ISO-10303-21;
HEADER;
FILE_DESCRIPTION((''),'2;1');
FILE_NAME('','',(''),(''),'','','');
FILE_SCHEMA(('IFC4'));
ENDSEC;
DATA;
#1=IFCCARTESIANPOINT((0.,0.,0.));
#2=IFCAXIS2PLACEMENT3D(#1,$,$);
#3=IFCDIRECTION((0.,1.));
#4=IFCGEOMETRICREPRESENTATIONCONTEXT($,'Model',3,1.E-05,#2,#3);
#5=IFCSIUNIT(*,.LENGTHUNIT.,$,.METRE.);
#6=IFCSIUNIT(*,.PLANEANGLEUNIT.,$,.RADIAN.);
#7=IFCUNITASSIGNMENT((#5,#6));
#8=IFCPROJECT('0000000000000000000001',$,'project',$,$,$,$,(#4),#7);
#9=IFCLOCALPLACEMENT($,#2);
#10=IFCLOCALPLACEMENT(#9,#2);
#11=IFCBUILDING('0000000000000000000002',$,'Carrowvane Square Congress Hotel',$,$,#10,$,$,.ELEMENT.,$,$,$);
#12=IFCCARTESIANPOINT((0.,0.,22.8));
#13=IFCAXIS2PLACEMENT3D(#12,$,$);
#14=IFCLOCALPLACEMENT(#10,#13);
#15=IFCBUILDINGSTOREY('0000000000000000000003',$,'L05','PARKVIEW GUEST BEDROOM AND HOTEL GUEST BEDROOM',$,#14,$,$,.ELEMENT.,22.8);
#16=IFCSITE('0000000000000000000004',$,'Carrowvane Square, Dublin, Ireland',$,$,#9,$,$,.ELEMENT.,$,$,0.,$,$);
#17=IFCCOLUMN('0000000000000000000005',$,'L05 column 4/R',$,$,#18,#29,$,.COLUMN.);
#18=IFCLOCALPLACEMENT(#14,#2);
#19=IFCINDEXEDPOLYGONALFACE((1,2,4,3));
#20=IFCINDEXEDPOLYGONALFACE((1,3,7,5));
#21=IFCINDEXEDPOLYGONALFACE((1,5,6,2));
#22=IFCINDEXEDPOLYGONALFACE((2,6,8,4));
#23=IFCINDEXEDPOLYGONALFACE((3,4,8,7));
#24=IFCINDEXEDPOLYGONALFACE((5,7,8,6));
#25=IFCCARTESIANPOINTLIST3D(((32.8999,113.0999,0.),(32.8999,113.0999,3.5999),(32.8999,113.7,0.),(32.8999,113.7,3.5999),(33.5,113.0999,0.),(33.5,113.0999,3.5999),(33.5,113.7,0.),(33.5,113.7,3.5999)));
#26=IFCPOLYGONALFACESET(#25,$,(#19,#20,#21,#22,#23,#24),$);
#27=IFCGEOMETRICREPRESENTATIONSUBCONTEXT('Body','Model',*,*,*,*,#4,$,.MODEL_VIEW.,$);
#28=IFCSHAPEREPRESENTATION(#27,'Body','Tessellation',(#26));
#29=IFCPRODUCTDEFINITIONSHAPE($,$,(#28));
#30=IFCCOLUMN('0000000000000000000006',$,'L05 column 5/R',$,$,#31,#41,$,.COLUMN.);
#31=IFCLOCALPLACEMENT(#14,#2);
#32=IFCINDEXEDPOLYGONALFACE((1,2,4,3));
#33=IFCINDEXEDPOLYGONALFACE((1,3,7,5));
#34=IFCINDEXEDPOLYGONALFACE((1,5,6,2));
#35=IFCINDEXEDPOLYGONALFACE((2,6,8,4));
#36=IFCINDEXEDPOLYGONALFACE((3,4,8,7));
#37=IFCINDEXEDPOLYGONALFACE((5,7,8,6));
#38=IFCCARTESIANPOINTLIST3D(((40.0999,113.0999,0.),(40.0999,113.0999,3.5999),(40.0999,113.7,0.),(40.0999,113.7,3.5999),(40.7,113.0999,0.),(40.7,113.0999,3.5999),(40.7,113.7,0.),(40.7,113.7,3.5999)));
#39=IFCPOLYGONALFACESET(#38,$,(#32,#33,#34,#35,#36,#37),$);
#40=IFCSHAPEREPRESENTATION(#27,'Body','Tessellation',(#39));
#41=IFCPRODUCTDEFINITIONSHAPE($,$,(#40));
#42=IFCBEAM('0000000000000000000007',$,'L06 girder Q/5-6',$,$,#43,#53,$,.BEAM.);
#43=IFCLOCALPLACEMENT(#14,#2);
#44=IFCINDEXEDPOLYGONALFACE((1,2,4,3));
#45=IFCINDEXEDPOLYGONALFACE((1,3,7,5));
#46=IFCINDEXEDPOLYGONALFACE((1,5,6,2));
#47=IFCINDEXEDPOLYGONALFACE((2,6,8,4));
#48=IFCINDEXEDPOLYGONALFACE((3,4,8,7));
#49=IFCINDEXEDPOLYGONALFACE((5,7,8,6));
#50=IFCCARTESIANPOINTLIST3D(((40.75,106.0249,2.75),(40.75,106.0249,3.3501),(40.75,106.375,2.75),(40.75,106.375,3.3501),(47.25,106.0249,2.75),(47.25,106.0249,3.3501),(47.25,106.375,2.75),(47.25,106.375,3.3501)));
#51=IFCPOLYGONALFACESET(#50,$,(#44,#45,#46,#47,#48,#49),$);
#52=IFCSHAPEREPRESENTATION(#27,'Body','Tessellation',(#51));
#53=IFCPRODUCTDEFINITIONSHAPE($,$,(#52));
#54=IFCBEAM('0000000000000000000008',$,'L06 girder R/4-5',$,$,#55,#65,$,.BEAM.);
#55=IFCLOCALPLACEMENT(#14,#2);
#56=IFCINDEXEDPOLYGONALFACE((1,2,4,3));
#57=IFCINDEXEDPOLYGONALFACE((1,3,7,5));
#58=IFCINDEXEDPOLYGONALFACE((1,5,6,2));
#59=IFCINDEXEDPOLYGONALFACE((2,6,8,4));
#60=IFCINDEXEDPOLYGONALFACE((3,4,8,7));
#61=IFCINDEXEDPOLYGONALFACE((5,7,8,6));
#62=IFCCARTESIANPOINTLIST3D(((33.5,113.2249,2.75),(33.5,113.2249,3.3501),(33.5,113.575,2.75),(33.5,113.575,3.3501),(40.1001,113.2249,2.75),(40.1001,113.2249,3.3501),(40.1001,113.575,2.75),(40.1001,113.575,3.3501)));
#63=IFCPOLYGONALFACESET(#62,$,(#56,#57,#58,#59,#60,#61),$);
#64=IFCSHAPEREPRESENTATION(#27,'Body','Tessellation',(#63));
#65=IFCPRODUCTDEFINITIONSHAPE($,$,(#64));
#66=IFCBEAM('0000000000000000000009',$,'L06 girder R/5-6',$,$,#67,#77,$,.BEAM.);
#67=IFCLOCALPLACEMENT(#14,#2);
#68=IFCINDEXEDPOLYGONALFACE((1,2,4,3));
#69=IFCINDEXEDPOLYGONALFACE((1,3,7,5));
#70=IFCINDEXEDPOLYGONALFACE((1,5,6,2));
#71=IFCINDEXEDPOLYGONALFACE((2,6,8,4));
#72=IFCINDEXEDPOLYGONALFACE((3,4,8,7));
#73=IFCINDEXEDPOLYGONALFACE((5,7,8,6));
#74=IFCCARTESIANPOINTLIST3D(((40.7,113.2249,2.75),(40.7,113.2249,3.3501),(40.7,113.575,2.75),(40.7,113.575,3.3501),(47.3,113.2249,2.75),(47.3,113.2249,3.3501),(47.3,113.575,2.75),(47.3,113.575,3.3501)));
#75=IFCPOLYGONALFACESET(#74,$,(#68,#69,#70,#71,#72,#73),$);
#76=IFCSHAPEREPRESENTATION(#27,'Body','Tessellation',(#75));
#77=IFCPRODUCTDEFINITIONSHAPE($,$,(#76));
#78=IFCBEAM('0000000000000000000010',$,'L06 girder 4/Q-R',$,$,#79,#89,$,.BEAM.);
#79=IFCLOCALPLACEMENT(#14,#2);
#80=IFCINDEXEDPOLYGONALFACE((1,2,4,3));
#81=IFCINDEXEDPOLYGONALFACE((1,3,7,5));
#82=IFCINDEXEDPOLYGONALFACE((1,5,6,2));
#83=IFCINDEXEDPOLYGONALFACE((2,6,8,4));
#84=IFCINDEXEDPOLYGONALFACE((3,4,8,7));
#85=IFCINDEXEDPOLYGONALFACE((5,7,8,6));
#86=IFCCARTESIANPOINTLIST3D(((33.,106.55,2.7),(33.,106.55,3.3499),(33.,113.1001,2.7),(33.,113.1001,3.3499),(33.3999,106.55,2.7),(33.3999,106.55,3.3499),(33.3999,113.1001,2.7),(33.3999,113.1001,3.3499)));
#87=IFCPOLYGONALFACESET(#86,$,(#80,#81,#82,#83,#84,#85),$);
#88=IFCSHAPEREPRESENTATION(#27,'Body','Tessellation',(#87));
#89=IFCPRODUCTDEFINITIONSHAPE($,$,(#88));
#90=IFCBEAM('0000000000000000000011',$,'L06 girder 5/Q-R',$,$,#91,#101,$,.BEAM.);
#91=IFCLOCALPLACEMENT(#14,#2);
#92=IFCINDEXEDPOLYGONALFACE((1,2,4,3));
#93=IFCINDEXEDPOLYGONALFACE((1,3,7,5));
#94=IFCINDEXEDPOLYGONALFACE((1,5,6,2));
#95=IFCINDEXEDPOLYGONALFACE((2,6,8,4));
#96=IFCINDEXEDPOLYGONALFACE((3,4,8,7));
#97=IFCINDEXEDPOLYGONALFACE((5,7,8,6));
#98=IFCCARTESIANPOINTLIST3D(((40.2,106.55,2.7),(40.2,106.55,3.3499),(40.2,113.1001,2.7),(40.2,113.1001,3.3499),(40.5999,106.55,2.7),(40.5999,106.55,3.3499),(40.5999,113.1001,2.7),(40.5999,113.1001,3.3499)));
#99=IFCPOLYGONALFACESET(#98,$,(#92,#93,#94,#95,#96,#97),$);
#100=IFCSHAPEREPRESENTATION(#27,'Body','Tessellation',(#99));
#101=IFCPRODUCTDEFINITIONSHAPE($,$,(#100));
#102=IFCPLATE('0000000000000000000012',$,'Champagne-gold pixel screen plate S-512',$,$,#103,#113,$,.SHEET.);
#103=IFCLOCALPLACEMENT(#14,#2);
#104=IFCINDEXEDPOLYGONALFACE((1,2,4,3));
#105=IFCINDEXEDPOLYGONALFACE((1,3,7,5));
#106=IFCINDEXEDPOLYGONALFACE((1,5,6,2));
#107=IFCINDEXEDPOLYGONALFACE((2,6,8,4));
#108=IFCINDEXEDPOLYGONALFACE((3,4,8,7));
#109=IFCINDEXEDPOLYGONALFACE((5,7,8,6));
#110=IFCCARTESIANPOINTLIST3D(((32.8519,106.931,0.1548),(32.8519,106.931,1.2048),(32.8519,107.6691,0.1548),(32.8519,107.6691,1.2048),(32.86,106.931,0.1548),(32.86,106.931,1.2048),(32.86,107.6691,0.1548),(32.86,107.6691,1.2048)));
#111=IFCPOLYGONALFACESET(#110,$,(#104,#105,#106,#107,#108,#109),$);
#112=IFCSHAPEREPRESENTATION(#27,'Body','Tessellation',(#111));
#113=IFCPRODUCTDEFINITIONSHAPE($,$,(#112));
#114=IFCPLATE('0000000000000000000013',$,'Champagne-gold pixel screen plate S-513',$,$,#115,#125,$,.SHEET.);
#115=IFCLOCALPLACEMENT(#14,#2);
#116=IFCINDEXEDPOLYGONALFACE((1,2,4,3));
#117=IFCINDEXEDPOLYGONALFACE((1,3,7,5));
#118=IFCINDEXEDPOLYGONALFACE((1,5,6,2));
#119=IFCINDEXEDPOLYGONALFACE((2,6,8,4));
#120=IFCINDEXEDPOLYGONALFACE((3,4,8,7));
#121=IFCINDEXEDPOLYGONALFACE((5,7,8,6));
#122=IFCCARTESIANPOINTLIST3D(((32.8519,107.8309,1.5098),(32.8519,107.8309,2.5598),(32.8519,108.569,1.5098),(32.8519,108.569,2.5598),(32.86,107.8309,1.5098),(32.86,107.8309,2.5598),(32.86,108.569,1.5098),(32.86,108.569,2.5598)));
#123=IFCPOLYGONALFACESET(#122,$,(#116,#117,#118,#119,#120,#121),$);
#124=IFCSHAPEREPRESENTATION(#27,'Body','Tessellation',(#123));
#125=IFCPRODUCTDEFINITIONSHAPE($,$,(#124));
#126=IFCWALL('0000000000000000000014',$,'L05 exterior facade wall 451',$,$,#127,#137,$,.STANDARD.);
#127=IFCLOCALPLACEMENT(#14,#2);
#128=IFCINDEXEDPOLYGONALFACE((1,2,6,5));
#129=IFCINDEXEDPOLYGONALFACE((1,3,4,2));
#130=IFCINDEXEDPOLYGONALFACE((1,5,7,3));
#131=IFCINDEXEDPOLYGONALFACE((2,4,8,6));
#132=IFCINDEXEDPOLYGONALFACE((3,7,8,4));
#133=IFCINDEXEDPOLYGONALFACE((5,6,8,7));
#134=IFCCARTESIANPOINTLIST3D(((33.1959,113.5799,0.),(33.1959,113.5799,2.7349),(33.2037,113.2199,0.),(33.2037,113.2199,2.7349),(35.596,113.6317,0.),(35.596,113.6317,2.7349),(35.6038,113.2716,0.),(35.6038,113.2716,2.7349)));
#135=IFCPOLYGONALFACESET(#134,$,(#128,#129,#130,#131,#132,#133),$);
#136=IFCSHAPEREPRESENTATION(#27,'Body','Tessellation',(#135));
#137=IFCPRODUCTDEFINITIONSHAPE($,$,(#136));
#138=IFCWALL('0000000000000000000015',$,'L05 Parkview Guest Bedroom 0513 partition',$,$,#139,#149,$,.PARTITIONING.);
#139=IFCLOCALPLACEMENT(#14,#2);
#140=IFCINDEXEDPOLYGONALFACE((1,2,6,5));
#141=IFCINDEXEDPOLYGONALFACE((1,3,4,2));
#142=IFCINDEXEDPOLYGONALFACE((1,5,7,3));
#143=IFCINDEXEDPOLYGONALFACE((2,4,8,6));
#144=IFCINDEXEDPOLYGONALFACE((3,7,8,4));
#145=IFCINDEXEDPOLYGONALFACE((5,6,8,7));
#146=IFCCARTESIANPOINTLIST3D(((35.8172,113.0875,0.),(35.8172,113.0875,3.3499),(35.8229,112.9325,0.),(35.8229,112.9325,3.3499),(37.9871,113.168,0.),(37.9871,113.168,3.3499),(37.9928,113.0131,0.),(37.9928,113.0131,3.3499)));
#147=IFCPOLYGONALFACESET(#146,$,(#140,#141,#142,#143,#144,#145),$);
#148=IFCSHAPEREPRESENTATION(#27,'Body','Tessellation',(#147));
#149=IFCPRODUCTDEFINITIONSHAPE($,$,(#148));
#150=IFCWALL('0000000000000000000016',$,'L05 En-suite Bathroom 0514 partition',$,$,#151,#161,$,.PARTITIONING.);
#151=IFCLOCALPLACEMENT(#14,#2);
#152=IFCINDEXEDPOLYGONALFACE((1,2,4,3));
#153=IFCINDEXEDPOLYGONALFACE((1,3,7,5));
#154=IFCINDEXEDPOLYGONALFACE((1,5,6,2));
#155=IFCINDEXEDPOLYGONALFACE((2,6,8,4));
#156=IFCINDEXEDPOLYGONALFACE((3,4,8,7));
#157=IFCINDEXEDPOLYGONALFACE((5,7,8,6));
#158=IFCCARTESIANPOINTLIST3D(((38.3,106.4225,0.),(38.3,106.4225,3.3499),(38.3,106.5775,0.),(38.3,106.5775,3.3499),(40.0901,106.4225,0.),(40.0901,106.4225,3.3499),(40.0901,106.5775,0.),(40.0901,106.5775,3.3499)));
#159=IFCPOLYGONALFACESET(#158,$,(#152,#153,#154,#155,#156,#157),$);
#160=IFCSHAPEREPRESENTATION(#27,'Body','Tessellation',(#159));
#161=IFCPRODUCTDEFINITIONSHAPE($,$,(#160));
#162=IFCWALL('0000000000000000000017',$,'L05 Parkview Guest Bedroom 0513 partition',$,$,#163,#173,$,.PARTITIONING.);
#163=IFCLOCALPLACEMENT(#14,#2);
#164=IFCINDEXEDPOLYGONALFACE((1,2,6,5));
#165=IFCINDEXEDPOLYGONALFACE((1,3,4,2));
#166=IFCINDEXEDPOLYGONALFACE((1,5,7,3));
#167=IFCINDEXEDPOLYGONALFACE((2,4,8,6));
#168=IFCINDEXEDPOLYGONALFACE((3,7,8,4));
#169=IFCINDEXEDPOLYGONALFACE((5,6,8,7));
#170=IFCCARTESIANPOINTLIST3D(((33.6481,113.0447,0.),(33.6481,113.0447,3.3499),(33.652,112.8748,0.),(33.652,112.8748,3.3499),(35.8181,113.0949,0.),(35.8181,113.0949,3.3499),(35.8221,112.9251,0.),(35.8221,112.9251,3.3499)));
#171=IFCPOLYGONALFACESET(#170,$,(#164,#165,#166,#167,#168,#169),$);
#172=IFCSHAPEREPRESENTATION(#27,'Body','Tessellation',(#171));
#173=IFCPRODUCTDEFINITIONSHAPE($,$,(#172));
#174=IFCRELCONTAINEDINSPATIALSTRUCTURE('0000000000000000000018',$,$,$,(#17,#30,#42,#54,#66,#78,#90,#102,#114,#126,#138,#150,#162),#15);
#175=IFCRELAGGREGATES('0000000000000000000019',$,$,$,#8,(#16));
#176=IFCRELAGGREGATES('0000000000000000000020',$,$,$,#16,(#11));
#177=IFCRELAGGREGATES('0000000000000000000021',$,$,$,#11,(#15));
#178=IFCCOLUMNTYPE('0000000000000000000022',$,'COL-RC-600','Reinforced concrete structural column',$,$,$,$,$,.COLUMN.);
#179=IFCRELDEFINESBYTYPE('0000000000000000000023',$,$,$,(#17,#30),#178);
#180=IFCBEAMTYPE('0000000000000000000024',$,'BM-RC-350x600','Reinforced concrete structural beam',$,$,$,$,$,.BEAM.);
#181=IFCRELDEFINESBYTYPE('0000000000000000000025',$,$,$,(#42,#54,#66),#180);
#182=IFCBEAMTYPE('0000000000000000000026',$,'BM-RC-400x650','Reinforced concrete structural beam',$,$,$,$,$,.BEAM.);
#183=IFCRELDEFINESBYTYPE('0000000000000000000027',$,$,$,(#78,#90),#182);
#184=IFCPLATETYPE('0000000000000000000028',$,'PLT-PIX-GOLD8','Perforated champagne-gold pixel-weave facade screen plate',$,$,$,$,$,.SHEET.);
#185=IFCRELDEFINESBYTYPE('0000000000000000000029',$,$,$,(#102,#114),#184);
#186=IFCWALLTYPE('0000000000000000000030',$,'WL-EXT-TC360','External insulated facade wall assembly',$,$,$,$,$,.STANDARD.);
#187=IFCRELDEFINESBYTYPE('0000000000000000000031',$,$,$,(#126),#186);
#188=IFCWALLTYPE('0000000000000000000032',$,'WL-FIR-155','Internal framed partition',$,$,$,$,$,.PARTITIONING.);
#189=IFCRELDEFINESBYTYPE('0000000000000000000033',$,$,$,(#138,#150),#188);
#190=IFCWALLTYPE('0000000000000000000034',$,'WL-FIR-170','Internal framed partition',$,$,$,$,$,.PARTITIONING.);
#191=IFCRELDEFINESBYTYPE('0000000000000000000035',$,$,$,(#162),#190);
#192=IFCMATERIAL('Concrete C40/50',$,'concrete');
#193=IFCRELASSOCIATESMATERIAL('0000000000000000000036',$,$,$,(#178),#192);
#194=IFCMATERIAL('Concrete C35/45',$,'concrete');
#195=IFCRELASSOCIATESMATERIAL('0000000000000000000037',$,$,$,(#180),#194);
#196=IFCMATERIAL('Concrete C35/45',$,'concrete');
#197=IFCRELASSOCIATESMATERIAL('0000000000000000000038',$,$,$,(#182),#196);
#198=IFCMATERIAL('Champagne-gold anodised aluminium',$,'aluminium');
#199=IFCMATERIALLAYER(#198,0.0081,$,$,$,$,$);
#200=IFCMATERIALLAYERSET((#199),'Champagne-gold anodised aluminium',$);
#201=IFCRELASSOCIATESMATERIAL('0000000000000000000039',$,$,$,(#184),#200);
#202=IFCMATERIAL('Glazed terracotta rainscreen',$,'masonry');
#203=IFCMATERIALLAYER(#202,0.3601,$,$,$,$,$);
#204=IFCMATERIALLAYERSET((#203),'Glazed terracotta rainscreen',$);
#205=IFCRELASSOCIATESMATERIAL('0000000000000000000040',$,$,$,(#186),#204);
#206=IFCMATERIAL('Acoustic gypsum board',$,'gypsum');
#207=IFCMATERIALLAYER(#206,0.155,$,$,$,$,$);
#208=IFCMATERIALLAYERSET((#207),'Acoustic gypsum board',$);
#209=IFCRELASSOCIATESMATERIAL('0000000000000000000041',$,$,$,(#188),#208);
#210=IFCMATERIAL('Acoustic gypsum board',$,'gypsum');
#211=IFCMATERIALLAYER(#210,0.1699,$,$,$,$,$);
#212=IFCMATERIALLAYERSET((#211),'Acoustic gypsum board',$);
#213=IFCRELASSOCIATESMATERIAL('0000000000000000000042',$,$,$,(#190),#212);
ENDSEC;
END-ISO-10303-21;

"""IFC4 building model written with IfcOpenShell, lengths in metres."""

from ifc_helpers import new_model, si_unit, direction, frame, frame_2d, origin, origin_2d, place, context, subcontext, project, spatial, rectangle, extrude, material, layer, layer_set, material_profile, profile_set, type_object, element, save


model = new_model("IFC4")

# Units and contexts
model_context = context("Model", 3, precision=1e-05, world=origin(), true_north=direction((0.0, 1.0)))
body_context = subcontext(model_context, "Body", "Model", "MODEL_VIEW")
ifc_project = project(units=[si_unit("LENGTHUNIT", "METRE"), si_unit("PLANEANGLEUNIT", "RADIAN")], contexts=[model_context])

# Site, building, storey
site_placement = place(None, origin())
site = spatial("IfcSite", under=ifc_project, at=site_placement, Name="Carrowvane Square, Dublin, Ireland", CompositionType="ELEMENT", RefElevation=0.0)
building_placement = place(site_placement, origin())
building = spatial("IfcBuilding", under=site, at=building_placement, Name="Carrowvane Square Congress Hotel", CompositionType="ELEMENT")
storey_placement = place(building_placement, frame((0.0, 0.0, 22.8)))
storey = spatial("IfcBuildingStorey", under=building, at=storey_placement, Name="L05", Description="PARKVIEW GUEST BEDROOM AND HOTEL GUEST BEDROOM", CompositionType="ELEMENT", Elevation=22.8)

# Columns
ifc_material_1 = material(Name="Concrete C40/50", Category="concrete")
ifc_material_profile_1 = material_profile(ifc_material_1, rectangle(XDim=0.6001, YDim=0.6001, at=origin_2d()), Name="RC 600x600")
ifc_profile_set_1 = profile_set([ifc_material_profile_1], Name="Concrete C40/50")
column_type = type_object("IfcColumnType", Name="COL-RC-600", Description="Reinforced concrete structural column", PredefinedType="COLUMN", material=ifc_profile_set_1)
for number, where, z_axis, x_axis, name in (
    (1, (33.2, 113.3999, 0.0), (0.0, 0.0, 1.0), (1.0, 0.0, 0.0), "L05 column 4/R"),
    (2, (40.3999, 113.3999, 0.0), (0.0, 0.0, 1.0), (1.0, 0.0, 0.0), "L05 column 5/R"),
):
    element("IfcColumn", number, at=place(storey_placement, frame(where, z_axis=z_axis, x_axis=x_axis)), inside=storey, type_object=column_type, Name=name, PredefinedType="COLUMN", context=body_context, shape_type="SweptSolid", body=[
        extrude(rectangle(XDim=0.6001, YDim=0.6001, at=origin_2d()), origin(), (0.0, 0.0, 1.0), 3.5999),
    ])

# Beams
ifc_material_2 = material(Name="Concrete C35/45", Category="concrete")
ifc_material_profile_2 = material_profile(ifc_material_2, rectangle(XDim=0.3501, YDim=0.6001, at=origin_2d()), Name="RC 350x600")
ifc_profile_set_2 = profile_set([ifc_material_profile_2], Name="Concrete C35/45")
beam_type_1 = type_object("IfcBeamType", Name="BM-RC-350x600", Description="Reinforced concrete structural beam", PredefinedType="BEAM", material=ifc_profile_set_2)
beam_placement = place(storey_placement, frame((40.75, 106.2, 3.05), z_axis=(1.0, 0.0, 0.0), x_axis=(0.0, 1.0, 0.0)))
element("IfcBeam", 3, at=beam_placement, inside=storey, type_object=beam_type_1, Name="L06 girder Q/5-6", PredefinedType="BEAM", context=body_context, shape_type="SweptSolid", body=[
    extrude(rectangle(XDim=0.3501, YDim=0.6001, at=origin_2d()), origin(), (0.0, 0.0, 1.0), 6.5),
])
for number, where, z_axis, x_axis, name in (
    (4, (33.5, 113.3999, 3.05), (1.0, 0.0, 0.0), (0.0, 1.0, 0.0), "L06 girder R/4-5"),
    (5, (40.7, 113.3999, 3.05), (1.0, 0.0, 0.0), (0.0, 1.0, 0.0), "L06 girder R/5-6"),
):
    element("IfcBeam", number, at=place(storey_placement, frame(where, z_axis=z_axis, x_axis=x_axis)), inside=storey, type_object=beam_type_1, Name=name, PredefinedType="BEAM", context=body_context, shape_type="SweptSolid", body=[
        extrude(rectangle(XDim=0.3501, YDim=0.6001, at=origin_2d()), origin(), (0.0, 0.0, 1.0), 6.6001),
    ])
ifc_material_3 = material(Name="Concrete C35/45", Category="concrete")
ifc_material_profile_3 = material_profile(ifc_material_3, rectangle(XDim=0.3999, YDim=0.6499, at=origin_2d()), Name="RC 400x650")
ifc_profile_set_3 = profile_set([ifc_material_profile_3], Name="Concrete C35/45")
beam_type_2 = type_object("IfcBeamType", Name="BM-RC-400x650", Description="Reinforced concrete structural beam", PredefinedType="BEAM", material=ifc_profile_set_3)
for number, where, z_axis, x_axis, name in (
    (6, (33.2, 106.55, 3.0249), (0.0, 1.0, 0.0), (-1.0, 0.0, 0.0), "L06 girder 4/Q-R"),
    (7, (40.3999, 106.55, 3.0249), (0.0, 1.0, 0.0), (-1.0, 0.0, 0.0), "L06 girder 5/Q-R"),
):
    element("IfcBeam", number, at=place(storey_placement, frame(where, z_axis=z_axis, x_axis=x_axis)), inside=storey, type_object=beam_type_2, Name=name, PredefinedType="BEAM", context=body_context, shape_type="SweptSolid", body=[
        extrude(rectangle(XDim=0.3999, YDim=0.6499, at=origin_2d()), origin(), (0.0, 0.0, 1.0), 6.55),
    ])

# Plates
ifc_material_4 = material(Name="Champagne-gold anodised aluminium", Category="aluminium")
ifc_layer_1 = layer(ifc_material_4, 0.0081)
ifc_layer_set_1 = layer_set([ifc_layer_1], Name="Champagne-gold anodised aluminium")
plate_type = type_object("IfcPlateType", Name="PLT-PIX-GOLD8", Description="Perforated champagne-gold pixel-weave facade screen plate", PredefinedType="SHEET", material=ifc_layer_set_1)
for number, where, z_axis, x_axis, name in (
    (8, (32.856, 107.3, 0.1548), (0.0, 0.0, 1.0), (0.0, 1.0, 0.0), "Champagne-gold pixel screen plate S-512"),
    (9, (32.856, 108.2, 1.5098), (0.0, 0.0, 1.0), (0.0, 1.0, 0.0), "Champagne-gold pixel screen plate S-513"),
):
    element("IfcPlate", number, at=place(storey_placement, frame(where, z_axis=z_axis, x_axis=x_axis)), inside=storey, type_object=plate_type, Name=name, PredefinedType="SHEET", context=body_context, shape_type="SweptSolid", body=[
        extrude(rectangle(XDim=0.738, YDim=0.0081, at=origin_2d()), origin(), (0.0, 0.0, 1.0), 1.05),
    ])

# Walls
ifc_material_5 = material(Name="Glazed terracotta rainscreen", Category="masonry")
ifc_layer_2 = layer(ifc_material_5, 0.3601)
ifc_layer_set_2 = layer_set([ifc_layer_2], Name="Glazed terracotta rainscreen")
wall_type_1 = type_object("IfcWallType", Name="WL-EXT-TC360", Description="External insulated facade wall assembly", PredefinedType="STANDARD", material=ifc_layer_set_2)
wall_1_placement = place(storey_placement, frame((33.2, 113.3999, 0.0), z_axis=(0.0, 0.0, 1.0), x_axis=(0.999768, 0.021559, 0.0)))
element("IfcWall", 10, at=wall_1_placement, inside=storey, type_object=wall_type_1, Name="L05 exterior facade wall 451", PredefinedType="STANDARD", context=body_context, shape_type="SweptSolid", body=[
    extrude(rectangle(XDim=2.4006, YDim=0.3601, at=frame_2d((1.2002, 0.0))), origin(), (0.0, 0.0, 1.0), 2.7349),
])
ifc_material_6 = material(Name="Acoustic gypsum board", Category="gypsum")
ifc_layer_3 = layer(ifc_material_6, 0.155)
ifc_layer_set_3 = layer_set([ifc_layer_3], Name="Acoustic gypsum board")
wall_type_2 = type_object("IfcWallType", Name="WL-FIR-155", Description="Internal framed partition", PredefinedType="PARTITIONING", material=ifc_layer_set_3)
wall_2_placement = place(storey_placement, frame((35.8201, 113.01, 0.0), z_axis=(0.0, 0.0, 1.0), x_axis=(0.999311, 0.037103, 0.0)))
element("IfcWall", 11, at=wall_2_placement, inside=storey, type_object=wall_type_2, Name="L05 Parkview Guest Bedroom 0513 partition", PredefinedType="PARTITIONING", context=body_context, shape_type="SweptSolid", body=[
    extrude(rectangle(XDim=2.1714, YDim=0.155, at=frame_2d((1.0857, 0.0))), origin(), (0.0, 0.0, 1.0), 3.3499),
])
wall_3_placement = place(storey_placement, frame((38.3, 106.5, 0.0), z_axis=(0.0, 0.0, 1.0), x_axis=(1.0, 0.0, 0.0)))
element("IfcWall", 12, at=wall_3_placement, inside=storey, type_object=wall_type_2, Name="L05 En-suite Bathroom 0514 partition", PredefinedType="PARTITIONING", context=body_context, shape_type="SweptSolid", body=[
    extrude(rectangle(XDim=1.79, YDim=0.155, at=frame_2d((0.895, 0.0))), origin(), (0.0, 0.0, 1.0), 3.3499),
])
ifc_material_7 = material(Name="Acoustic gypsum board", Category="gypsum")
ifc_layer_4 = layer(ifc_material_7, 0.1699)
ifc_layer_set_4 = layer_set([ifc_layer_4], Name="Acoustic gypsum board")
wall_type_3 = type_object("IfcWallType", Name="WL-FIR-170", Description="Internal framed partition", PredefinedType="PARTITIONING", material=ifc_layer_set_4)
wall_4_placement = place(storey_placement, frame((33.6499, 112.9597, 0.0), z_axis=(0.0, 0.0, 1.0), x_axis=(0.999732, 0.023168, 0.0)))
element("IfcWall", 13, at=wall_4_placement, inside=storey, type_object=wall_type_3, Name="L05 Parkview Guest Bedroom 0513 partition", PredefinedType="PARTITIONING", context=body_context, shape_type="SweptSolid", body=[
    extrude(rectangle(XDim=2.1707, YDim=0.1699, at=frame_2d((1.0854, 0.0))), origin(), (0.0, 0.0, 1.0), 3.3499),
])

save(model, "model.ifc")
